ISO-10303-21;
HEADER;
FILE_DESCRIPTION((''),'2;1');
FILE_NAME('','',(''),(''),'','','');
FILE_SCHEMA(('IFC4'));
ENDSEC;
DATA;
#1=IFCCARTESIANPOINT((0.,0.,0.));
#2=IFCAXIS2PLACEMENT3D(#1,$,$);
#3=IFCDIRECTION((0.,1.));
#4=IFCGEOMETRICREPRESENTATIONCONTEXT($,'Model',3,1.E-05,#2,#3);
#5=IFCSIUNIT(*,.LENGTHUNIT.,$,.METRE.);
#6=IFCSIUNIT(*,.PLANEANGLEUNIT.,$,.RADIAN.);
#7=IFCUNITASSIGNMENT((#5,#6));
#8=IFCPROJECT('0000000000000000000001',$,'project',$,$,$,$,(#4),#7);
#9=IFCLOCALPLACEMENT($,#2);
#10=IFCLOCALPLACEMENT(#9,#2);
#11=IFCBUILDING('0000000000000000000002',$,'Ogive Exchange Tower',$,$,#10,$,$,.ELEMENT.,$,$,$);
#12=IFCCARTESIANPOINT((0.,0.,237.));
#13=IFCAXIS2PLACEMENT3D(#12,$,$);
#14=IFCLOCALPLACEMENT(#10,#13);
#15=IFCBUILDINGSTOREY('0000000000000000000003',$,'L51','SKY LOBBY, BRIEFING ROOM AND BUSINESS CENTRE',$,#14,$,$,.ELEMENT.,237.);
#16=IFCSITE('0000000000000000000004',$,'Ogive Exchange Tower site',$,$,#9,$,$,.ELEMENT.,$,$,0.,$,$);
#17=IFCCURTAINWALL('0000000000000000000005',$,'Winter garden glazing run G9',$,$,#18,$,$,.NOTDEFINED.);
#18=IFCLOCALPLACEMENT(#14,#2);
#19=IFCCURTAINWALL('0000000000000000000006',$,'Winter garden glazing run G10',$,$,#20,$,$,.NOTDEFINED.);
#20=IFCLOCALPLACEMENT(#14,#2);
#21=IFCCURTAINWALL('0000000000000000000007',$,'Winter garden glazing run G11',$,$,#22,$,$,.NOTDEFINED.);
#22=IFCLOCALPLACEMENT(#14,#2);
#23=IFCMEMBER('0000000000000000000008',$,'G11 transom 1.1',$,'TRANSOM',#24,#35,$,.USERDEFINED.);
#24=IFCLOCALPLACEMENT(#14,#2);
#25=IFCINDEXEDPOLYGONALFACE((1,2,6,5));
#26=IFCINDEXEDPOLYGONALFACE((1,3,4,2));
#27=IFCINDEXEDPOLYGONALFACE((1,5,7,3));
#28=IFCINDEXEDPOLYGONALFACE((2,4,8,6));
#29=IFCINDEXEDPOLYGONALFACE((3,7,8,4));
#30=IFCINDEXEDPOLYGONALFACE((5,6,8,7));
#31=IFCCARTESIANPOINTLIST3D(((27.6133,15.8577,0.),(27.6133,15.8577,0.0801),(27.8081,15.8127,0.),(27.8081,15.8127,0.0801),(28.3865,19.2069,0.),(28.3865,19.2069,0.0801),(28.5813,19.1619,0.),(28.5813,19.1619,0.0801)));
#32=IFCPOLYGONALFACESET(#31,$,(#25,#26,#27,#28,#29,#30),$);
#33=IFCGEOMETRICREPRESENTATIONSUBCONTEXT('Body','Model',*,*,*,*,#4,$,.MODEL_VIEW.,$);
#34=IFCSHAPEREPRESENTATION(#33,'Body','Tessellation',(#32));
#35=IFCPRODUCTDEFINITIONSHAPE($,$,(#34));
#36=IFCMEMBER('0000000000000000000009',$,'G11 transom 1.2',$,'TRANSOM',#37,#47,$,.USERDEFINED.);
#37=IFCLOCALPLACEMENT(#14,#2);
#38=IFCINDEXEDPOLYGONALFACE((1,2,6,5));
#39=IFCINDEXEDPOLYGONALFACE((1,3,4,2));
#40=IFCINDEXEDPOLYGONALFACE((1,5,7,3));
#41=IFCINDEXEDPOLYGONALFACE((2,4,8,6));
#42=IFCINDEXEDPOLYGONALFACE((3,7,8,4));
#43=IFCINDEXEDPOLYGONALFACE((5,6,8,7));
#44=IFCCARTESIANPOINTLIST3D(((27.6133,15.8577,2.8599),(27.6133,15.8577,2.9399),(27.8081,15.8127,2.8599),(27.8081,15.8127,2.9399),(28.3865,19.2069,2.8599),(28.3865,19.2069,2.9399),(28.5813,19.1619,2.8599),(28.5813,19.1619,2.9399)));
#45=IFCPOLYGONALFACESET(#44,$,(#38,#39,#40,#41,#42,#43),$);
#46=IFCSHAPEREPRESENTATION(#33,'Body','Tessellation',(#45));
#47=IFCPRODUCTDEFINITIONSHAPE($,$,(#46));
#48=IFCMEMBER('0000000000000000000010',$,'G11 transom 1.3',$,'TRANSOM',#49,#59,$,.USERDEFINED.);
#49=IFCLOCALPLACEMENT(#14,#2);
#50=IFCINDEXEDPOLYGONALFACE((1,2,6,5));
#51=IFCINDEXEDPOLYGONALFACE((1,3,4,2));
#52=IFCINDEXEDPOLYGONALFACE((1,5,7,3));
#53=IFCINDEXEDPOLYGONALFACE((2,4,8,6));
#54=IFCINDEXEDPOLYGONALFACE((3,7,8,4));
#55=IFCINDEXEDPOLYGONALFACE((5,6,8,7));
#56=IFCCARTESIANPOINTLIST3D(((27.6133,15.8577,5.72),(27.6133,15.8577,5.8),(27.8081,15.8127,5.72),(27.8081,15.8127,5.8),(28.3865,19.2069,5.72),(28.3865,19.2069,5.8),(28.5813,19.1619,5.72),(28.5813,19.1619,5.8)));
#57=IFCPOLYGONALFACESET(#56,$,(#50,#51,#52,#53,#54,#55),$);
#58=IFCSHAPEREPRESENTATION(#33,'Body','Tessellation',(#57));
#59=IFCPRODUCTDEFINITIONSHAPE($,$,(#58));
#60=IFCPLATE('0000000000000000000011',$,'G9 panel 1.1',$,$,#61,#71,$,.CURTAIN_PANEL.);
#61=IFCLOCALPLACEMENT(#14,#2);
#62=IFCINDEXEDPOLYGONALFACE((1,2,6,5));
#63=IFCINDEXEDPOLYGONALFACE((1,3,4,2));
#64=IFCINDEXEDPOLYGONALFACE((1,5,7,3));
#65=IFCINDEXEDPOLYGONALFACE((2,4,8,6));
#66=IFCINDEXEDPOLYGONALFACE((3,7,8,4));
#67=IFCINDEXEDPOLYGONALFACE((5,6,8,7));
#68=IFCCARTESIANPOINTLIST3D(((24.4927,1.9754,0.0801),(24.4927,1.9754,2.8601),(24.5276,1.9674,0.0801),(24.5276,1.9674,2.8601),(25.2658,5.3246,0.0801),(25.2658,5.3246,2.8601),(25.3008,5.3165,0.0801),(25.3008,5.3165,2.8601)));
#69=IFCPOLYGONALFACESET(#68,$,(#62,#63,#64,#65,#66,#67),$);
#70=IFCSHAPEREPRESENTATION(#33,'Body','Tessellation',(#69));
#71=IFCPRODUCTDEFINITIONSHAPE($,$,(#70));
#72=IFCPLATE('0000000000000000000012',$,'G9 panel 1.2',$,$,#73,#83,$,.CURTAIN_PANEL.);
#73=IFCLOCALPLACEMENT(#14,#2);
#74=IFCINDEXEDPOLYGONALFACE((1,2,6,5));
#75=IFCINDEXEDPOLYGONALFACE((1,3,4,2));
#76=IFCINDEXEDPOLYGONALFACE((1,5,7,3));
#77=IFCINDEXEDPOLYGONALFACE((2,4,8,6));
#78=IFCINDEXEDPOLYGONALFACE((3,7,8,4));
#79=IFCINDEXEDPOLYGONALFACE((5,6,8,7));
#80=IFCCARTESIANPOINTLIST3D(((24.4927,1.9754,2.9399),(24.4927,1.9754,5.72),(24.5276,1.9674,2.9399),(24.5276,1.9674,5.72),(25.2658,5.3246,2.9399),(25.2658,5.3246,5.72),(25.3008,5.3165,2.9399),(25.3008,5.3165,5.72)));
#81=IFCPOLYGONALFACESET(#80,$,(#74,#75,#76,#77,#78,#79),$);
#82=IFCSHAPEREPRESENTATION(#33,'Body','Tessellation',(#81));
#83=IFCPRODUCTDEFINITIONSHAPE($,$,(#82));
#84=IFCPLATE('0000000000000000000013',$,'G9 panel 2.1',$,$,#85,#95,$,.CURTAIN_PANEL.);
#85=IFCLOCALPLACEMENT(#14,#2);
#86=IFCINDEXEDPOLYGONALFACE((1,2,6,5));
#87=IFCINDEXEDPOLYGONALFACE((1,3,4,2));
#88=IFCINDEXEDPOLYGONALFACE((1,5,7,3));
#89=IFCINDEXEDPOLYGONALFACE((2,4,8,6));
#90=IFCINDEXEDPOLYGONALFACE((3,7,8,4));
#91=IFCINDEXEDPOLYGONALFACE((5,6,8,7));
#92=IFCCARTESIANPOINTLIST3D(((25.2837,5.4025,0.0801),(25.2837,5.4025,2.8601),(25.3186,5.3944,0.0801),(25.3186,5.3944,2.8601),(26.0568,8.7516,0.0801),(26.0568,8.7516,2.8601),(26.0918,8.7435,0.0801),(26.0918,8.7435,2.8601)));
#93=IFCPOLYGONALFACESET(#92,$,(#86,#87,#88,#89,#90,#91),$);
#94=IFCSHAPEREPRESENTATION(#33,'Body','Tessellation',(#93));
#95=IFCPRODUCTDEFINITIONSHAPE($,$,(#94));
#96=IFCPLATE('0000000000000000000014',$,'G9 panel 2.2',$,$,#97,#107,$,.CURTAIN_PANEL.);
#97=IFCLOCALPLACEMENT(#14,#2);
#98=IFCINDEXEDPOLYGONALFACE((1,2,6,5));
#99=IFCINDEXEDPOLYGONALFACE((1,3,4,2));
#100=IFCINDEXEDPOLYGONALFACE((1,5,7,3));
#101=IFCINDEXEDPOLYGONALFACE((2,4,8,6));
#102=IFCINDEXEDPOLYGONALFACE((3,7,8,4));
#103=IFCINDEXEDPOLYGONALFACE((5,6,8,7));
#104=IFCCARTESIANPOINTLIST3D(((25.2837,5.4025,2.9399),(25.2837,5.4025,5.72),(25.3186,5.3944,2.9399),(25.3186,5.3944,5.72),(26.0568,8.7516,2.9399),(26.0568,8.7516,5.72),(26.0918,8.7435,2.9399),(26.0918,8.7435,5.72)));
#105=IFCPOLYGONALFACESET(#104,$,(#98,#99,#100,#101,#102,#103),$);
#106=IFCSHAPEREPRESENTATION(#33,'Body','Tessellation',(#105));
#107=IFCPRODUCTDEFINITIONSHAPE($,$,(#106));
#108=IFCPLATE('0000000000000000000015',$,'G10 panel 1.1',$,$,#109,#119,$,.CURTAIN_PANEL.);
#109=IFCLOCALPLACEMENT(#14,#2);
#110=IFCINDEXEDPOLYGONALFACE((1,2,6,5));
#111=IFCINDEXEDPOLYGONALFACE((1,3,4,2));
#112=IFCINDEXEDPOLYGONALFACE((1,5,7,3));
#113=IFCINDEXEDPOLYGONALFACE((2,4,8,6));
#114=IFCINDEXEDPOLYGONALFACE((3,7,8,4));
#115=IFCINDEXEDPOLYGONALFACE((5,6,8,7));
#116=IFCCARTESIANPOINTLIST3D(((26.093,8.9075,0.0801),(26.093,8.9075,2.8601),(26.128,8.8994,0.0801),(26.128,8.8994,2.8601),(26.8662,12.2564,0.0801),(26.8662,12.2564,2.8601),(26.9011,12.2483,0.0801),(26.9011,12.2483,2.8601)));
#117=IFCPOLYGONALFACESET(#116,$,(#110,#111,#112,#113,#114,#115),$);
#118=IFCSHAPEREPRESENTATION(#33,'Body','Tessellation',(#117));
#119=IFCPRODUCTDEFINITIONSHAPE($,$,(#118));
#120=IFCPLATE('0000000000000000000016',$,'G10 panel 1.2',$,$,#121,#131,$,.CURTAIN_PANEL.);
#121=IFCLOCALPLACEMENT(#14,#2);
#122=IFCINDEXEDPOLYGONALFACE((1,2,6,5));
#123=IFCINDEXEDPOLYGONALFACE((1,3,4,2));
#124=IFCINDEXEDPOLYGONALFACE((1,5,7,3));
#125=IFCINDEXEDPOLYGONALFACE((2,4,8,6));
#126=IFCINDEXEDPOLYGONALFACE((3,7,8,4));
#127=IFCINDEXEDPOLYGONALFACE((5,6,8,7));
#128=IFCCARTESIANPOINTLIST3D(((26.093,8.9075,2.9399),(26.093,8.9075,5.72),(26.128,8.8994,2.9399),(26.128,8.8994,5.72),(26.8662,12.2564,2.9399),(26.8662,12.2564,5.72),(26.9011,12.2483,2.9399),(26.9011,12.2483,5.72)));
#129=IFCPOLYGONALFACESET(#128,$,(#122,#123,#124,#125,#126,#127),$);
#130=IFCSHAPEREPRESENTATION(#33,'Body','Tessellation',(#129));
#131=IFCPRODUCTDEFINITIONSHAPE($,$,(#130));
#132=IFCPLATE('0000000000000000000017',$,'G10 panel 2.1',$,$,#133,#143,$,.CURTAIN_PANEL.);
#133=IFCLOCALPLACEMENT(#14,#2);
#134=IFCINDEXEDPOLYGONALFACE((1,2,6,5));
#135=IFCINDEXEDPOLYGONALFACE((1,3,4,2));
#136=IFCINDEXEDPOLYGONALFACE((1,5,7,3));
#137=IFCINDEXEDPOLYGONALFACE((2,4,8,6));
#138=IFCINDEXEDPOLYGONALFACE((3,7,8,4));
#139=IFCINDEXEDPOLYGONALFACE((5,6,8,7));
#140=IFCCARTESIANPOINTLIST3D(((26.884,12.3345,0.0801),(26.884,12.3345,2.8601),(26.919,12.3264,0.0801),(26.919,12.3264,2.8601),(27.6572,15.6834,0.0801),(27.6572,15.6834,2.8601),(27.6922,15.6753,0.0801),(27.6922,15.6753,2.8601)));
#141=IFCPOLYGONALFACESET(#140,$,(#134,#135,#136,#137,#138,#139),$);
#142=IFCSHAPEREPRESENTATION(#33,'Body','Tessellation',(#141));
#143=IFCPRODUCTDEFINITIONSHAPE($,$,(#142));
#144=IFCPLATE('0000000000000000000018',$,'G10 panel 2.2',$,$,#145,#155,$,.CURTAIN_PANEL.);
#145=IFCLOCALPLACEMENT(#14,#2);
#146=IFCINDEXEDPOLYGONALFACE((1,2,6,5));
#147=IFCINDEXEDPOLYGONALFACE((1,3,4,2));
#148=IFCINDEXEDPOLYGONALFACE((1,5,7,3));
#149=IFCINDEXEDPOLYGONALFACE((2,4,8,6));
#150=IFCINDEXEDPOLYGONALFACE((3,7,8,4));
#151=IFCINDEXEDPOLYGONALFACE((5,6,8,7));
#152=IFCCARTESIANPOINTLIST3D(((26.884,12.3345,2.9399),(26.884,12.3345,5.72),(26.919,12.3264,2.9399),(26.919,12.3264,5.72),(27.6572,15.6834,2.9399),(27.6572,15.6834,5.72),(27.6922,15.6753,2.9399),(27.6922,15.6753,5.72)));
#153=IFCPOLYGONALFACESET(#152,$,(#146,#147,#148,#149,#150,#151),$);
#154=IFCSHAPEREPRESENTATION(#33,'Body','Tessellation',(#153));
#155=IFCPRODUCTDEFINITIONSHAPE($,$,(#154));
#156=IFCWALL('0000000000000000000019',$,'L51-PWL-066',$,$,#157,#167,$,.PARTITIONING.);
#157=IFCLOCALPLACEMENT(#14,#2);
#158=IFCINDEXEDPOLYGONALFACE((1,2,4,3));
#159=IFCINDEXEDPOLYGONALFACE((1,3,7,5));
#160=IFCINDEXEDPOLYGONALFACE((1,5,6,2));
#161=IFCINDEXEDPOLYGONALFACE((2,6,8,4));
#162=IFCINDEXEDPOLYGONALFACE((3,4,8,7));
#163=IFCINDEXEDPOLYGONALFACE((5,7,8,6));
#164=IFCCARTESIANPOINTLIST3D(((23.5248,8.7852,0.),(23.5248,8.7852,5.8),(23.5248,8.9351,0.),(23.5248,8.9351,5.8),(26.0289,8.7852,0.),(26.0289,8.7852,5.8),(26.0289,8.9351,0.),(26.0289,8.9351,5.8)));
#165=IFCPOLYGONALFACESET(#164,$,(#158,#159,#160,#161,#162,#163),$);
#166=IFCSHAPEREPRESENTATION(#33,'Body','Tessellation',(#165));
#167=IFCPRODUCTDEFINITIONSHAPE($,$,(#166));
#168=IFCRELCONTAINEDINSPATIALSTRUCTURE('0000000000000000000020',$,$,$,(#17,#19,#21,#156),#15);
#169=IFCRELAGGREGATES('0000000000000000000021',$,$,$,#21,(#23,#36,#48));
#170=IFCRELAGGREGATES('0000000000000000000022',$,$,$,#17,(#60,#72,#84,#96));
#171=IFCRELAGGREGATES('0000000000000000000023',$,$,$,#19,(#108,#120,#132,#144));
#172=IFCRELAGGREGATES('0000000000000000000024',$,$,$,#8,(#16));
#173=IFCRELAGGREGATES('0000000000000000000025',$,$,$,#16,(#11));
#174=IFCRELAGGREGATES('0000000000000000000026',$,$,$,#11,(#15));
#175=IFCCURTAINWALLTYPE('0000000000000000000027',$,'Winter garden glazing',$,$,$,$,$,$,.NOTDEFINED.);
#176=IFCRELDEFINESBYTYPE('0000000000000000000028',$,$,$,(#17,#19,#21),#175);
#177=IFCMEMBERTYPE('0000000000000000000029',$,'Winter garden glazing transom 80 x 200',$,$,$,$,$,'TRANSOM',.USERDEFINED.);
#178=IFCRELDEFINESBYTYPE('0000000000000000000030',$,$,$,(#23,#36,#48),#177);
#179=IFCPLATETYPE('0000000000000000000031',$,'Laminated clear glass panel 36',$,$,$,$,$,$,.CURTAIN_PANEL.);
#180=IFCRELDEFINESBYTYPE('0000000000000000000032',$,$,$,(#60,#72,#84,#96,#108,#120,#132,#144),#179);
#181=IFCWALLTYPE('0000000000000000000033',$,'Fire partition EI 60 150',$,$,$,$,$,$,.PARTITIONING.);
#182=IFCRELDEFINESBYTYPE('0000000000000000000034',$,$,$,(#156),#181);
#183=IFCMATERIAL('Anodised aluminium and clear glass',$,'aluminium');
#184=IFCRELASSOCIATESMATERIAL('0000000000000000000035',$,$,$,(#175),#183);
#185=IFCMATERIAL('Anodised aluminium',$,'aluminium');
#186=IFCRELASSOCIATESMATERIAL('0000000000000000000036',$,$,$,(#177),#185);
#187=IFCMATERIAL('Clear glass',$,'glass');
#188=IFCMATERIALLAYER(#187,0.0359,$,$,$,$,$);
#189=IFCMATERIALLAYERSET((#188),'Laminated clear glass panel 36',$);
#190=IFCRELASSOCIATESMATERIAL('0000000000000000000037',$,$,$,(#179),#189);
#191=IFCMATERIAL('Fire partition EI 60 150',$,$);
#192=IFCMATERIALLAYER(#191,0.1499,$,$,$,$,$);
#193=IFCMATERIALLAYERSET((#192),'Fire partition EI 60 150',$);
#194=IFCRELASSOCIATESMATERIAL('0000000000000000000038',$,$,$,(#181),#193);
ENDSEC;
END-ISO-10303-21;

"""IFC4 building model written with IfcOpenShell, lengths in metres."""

from ifc_helpers import new_model, si_unit, direction, frame, frame_2d, origin, origin_2d, place, context, subcontext, project, spatial, rectangle, extrude, material, layer, layer_set, material_profile, profile_set, type_object, element, aggregate, save


model = new_model("IFC4")

# Units and contexts
model_context = context("Model", 3, precision=1e-05, world=origin(), true_north=direction((0.0, 1.0)))
body_context = subcontext(model_context, "Body", "Model", "MODEL_VIEW")
ifc_project = project(units=[si_unit("LENGTHUNIT", "METRE"), si_unit("PLANEANGLEUNIT", "RADIAN")], contexts=[model_context])

# Site, building, storey
site_placement = place(None, origin())
site = spatial("IfcSite", under=ifc_project, at=site_placement, Name="Ogive Exchange Tower site", CompositionType="ELEMENT", RefElevation=0.0)
building_placement = place(site_placement, origin())
building = spatial("IfcBuilding", under=site, at=building_placement, Name="Ogive Exchange Tower", CompositionType="ELEMENT")
storey_placement = place(building_placement, frame((0.0, 0.0, 237.0)))
storey = spatial("IfcBuildingStorey", under=building, at=storey_placement, Name="L51", Description="SKY LOBBY, BRIEFING ROOM AND BUSINESS CENTRE", CompositionType="ELEMENT", Elevation=237.0)

# Curtain walls
ifc_material_1 = material(Name="Anodised aluminium and clear glass", Category="aluminium")
curtain_wall_type = type_object("IfcCurtainWallType", Name="Winter garden glazing", PredefinedType="NOTDEFINED", material=ifc_material_1)
curtain_wall_1_placement = place(storey_placement, origin())
curtain_wall_1 = element("IfcCurtainWall", 1, at=curtain_wall_1_placement, inside=storey, type_object=curtain_wall_type, Name="Winter garden glazing run G9", PredefinedType="NOTDEFINED")
ifc_material_2 = material(Name="Anodised aluminium", Category="aluminium")
curtain_wall_2_placement = place(storey_placement, origin())
curtain_wall_2 = element("IfcCurtainWall", 2, at=curtain_wall_2_placement, inside=storey, type_object=curtain_wall_type, Name="Winter garden glazing run G10", PredefinedType="NOTDEFINED")

# Curtain wall
curtain_wall_3_placement = place(storey_placement, origin())
curtain_wall_3 = element("IfcCurtainWall", 3, at=curtain_wall_3_placement, inside=storey, type_object=curtain_wall_type, Name="Winter garden glazing run G11", PredefinedType="NOTDEFINED")

# Members
ifc_material_profile_1 = material_profile(ifc_material_2, rectangle(XDim=0.2, YDim=0.0801, at=origin_2d()), Name="AL 80x200")
ifc_profile_set_1 = profile_set([ifc_material_profile_1], Name="Anodised aluminium")
member_type_1 = type_object("IfcMemberType", Name="Winter garden glazing transom 80 x 200", ElementType="TRANSOM", PredefinedType="USERDEFINED", material=ifc_profile_set_1)
member_1_placement = place(storey_placement, frame((27.7107, 15.8352, 0.04), z_axis=(0.224948, 0.974371, 0.0), x_axis=(-0.974371, 0.224948, 0.0)))
member_1 = element("IfcMember", 4, at=member_1_placement, type_object=member_type_1, Name="G11 transom 1.1", ObjectType="TRANSOM", PredefinedType="USERDEFINED", context=body_context, shape_type="SweptSolid", body=[
    extrude(rectangle(XDim=0.2, YDim=0.0801, at=origin_2d()), origin(), (0.0, 0.0, 1.0), 3.4373),
])
member_2_placement = place(storey_placement, frame((27.7107, 15.8352, 2.8999), z_axis=(0.224948, 0.974371, 0.0), x_axis=(-0.974371, 0.224948, 0.0)))
member_2 = element("IfcMember", 5, at=member_2_placement, type_object=member_type_1, Name="G11 transom 1.2", ObjectType="TRANSOM", PredefinedType="USERDEFINED", context=body_context, shape_type="SweptSolid", body=[
    extrude(rectangle(XDim=0.2, YDim=0.0801, at=origin_2d()), origin(), (0.0, 0.0, 1.0), 3.4373),
])
member_3_placement = place(storey_placement, frame((27.7107, 15.8352, 5.76), z_axis=(0.224948, 0.974371, 0.0), x_axis=(-0.974371, 0.224948, 0.0)))
member_3 = element("IfcMember", 6, at=member_3_placement, type_object=member_type_1, Name="G11 transom 1.3", ObjectType="TRANSOM", PredefinedType="USERDEFINED", context=body_context, shape_type="SweptSolid", body=[
    extrude(rectangle(XDim=0.2, YDim=0.0801, at=origin_2d()), origin(), (0.0, 0.0, 1.0), 3.4373),
])
aggregate(curtain_wall_3, [member_1, member_2, member_3])

# Plates
ifc_material_3 = material(Name="Clear glass", Category="glass")
ifc_layer_1 = layer(ifc_material_3, 0.0359)
ifc_layer_set_1 = layer_set([ifc_layer_1], Name="Laminated clear glass panel 36")
plate_type = type_object("IfcPlateType", Name="Laminated clear glass panel 36", PredefinedType="CURTAIN_PANEL", material=ifc_layer_set_1)
plate_1_placement = place(storey_placement, frame((24.8967, 3.646, 0.0801), z_axis=(0.0, 0.0, 1.0), x_axis=(0.224941, 0.974372, 0.0)))
plate_1 = element("IfcPlate", 7, at=plate_1_placement, type_object=plate_type, Name="G9 panel 1.1", PredefinedType="CURTAIN_PANEL", context=body_context, shape_type="SweptSolid", body=[
    extrude(rectangle(XDim=3.4373, YDim=0.0359, at=origin_2d()), origin(), (0.0, 0.0, 1.0), 2.78),
])
plate_2_placement = place(storey_placement, frame((24.8967, 3.646, 2.9399), z_axis=(0.0, 0.0, 1.0), x_axis=(0.224941, 0.974372, 0.0)))
plate_2 = element("IfcPlate", 8, at=plate_2_placement, type_object=plate_type, Name="G9 panel 1.2", PredefinedType="CURTAIN_PANEL", context=body_context, shape_type="SweptSolid", body=[
    extrude(rectangle(XDim=3.4373, YDim=0.0359, at=origin_2d()), origin(), (0.0, 0.0, 1.0), 2.78),
])
plate_3_placement = place(storey_placement, frame((25.6877, 7.073, 0.0801), z_axis=(0.0, 0.0, 1.0), x_axis=(0.224941, 0.974372, 0.0)))
plate_3 = element("IfcPlate", 9, at=plate_3_placement, type_object=plate_type, Name="G9 panel 2.1", PredefinedType="CURTAIN_PANEL", context=body_context, shape_type="SweptSolid", body=[
    extrude(rectangle(XDim=3.4373, YDim=0.0359, at=origin_2d()), origin(), (0.0, 0.0, 1.0), 2.78),
])
plate_4_placement = place(storey_placement, frame((25.6877, 7.073, 2.9399), z_axis=(0.0, 0.0, 1.0), x_axis=(0.224941, 0.974372, 0.0)))
plate_4 = element("IfcPlate", 10, at=plate_4_placement, type_object=plate_type, Name="G9 panel 2.2", PredefinedType="CURTAIN_PANEL", context=body_context, shape_type="SweptSolid", body=[
    extrude(rectangle(XDim=3.4373, YDim=0.0359, at=origin_2d()), origin(), (0.0, 0.0, 1.0), 2.78),
])
aggregate(curtain_wall_1, [plate_1, plate_2, plate_3, plate_4])
plate_5_placement = place(storey_placement, frame((26.4971, 10.5779, 0.0801), z_axis=(0.0, 0.0, 1.0), x_axis=(0.224957, 0.974369, 0.0)))
plate_5 = element("IfcPlate", 11, at=plate_5_placement, type_object=plate_type, Name="G10 panel 1.1", PredefinedType="CURTAIN_PANEL", context=body_context, shape_type="SweptSolid", body=[
    extrude(rectangle(XDim=3.437, YDim=0.0359, at=origin_2d()), origin(), (0.0, 0.0, 1.0), 2.78),
])
plate_6_placement = place(storey_placement, frame((26.4971, 10.5779, 2.9399), z_axis=(0.0, 0.0, 1.0), x_axis=(0.224957, 0.974369, 0.0)))
plate_6 = element("IfcPlate", 12, at=plate_6_placement, type_object=plate_type, Name="G10 panel 1.2", PredefinedType="CURTAIN_PANEL", context=body_context, shape_type="SweptSolid", body=[
    extrude(rectangle(XDim=3.437, YDim=0.0359, at=origin_2d()), origin(), (0.0, 0.0, 1.0), 2.78),
])
plate_7_placement = place(storey_placement, frame((27.2881, 14.0049, 0.0801), z_axis=(0.0, 0.0, 1.0), x_axis=(0.224957, 0.974369, 0.0)))
plate_7 = element("IfcPlate", 13, at=plate_7_placement, type_object=plate_type, Name="G10 panel 2.1", PredefinedType="CURTAIN_PANEL", context=body_context, shape_type="SweptSolid", body=[
    extrude(rectangle(XDim=3.437, YDim=0.0359, at=origin_2d()), origin(), (0.0, 0.0, 1.0), 2.78),
])
plate_8_placement = place(storey_placement, frame((27.2881, 14.0049, 2.9399), z_axis=(0.0, 0.0, 1.0), x_axis=(0.224957, 0.974369, 0.0)))
plate_8 = element("IfcPlate", 14, at=plate_8_placement, type_object=plate_type, Name="G10 panel 2.2", PredefinedType="CURTAIN_PANEL", context=body_context, shape_type="SweptSolid", body=[
    extrude(rectangle(XDim=3.437, YDim=0.0359, at=origin_2d()), origin(), (0.0, 0.0, 1.0), 2.78),
])
aggregate(curtain_wall_2, [plate_5, plate_6, plate_7, plate_8])

# Wall
ifc_material_4 = material(Name="Fire partition EI 60 150")
ifc_layer_2 = layer(ifc_material_4, 0.1499)
ifc_layer_set_2 = layer_set([ifc_layer_2], Name="Fire partition EI 60 150")
wall_type = type_object("IfcWallType", Name="Fire partition EI 60 150", PredefinedType="PARTITIONING", material=ifc_layer_set_2)
wall_placement = place(storey_placement, frame((23.5249, 8.8601, 0.0), z_axis=(0.0, 0.0, 1.0), x_axis=(1.0, 0.0, 0.0)))
element("IfcWall", 15, at=wall_placement, inside=storey, type_object=wall_type, Name="L51-PWL-066", PredefinedType="PARTITIONING", context=body_context, shape_type="SweptSolid", body=[
    extrude(rectangle(XDim=2.5042, YDim=0.1499, at=frame_2d((1.252, 0.0))), origin(), (0.0, 0.0, 1.0), 5.8),
])

save(model, "model.ifc")
